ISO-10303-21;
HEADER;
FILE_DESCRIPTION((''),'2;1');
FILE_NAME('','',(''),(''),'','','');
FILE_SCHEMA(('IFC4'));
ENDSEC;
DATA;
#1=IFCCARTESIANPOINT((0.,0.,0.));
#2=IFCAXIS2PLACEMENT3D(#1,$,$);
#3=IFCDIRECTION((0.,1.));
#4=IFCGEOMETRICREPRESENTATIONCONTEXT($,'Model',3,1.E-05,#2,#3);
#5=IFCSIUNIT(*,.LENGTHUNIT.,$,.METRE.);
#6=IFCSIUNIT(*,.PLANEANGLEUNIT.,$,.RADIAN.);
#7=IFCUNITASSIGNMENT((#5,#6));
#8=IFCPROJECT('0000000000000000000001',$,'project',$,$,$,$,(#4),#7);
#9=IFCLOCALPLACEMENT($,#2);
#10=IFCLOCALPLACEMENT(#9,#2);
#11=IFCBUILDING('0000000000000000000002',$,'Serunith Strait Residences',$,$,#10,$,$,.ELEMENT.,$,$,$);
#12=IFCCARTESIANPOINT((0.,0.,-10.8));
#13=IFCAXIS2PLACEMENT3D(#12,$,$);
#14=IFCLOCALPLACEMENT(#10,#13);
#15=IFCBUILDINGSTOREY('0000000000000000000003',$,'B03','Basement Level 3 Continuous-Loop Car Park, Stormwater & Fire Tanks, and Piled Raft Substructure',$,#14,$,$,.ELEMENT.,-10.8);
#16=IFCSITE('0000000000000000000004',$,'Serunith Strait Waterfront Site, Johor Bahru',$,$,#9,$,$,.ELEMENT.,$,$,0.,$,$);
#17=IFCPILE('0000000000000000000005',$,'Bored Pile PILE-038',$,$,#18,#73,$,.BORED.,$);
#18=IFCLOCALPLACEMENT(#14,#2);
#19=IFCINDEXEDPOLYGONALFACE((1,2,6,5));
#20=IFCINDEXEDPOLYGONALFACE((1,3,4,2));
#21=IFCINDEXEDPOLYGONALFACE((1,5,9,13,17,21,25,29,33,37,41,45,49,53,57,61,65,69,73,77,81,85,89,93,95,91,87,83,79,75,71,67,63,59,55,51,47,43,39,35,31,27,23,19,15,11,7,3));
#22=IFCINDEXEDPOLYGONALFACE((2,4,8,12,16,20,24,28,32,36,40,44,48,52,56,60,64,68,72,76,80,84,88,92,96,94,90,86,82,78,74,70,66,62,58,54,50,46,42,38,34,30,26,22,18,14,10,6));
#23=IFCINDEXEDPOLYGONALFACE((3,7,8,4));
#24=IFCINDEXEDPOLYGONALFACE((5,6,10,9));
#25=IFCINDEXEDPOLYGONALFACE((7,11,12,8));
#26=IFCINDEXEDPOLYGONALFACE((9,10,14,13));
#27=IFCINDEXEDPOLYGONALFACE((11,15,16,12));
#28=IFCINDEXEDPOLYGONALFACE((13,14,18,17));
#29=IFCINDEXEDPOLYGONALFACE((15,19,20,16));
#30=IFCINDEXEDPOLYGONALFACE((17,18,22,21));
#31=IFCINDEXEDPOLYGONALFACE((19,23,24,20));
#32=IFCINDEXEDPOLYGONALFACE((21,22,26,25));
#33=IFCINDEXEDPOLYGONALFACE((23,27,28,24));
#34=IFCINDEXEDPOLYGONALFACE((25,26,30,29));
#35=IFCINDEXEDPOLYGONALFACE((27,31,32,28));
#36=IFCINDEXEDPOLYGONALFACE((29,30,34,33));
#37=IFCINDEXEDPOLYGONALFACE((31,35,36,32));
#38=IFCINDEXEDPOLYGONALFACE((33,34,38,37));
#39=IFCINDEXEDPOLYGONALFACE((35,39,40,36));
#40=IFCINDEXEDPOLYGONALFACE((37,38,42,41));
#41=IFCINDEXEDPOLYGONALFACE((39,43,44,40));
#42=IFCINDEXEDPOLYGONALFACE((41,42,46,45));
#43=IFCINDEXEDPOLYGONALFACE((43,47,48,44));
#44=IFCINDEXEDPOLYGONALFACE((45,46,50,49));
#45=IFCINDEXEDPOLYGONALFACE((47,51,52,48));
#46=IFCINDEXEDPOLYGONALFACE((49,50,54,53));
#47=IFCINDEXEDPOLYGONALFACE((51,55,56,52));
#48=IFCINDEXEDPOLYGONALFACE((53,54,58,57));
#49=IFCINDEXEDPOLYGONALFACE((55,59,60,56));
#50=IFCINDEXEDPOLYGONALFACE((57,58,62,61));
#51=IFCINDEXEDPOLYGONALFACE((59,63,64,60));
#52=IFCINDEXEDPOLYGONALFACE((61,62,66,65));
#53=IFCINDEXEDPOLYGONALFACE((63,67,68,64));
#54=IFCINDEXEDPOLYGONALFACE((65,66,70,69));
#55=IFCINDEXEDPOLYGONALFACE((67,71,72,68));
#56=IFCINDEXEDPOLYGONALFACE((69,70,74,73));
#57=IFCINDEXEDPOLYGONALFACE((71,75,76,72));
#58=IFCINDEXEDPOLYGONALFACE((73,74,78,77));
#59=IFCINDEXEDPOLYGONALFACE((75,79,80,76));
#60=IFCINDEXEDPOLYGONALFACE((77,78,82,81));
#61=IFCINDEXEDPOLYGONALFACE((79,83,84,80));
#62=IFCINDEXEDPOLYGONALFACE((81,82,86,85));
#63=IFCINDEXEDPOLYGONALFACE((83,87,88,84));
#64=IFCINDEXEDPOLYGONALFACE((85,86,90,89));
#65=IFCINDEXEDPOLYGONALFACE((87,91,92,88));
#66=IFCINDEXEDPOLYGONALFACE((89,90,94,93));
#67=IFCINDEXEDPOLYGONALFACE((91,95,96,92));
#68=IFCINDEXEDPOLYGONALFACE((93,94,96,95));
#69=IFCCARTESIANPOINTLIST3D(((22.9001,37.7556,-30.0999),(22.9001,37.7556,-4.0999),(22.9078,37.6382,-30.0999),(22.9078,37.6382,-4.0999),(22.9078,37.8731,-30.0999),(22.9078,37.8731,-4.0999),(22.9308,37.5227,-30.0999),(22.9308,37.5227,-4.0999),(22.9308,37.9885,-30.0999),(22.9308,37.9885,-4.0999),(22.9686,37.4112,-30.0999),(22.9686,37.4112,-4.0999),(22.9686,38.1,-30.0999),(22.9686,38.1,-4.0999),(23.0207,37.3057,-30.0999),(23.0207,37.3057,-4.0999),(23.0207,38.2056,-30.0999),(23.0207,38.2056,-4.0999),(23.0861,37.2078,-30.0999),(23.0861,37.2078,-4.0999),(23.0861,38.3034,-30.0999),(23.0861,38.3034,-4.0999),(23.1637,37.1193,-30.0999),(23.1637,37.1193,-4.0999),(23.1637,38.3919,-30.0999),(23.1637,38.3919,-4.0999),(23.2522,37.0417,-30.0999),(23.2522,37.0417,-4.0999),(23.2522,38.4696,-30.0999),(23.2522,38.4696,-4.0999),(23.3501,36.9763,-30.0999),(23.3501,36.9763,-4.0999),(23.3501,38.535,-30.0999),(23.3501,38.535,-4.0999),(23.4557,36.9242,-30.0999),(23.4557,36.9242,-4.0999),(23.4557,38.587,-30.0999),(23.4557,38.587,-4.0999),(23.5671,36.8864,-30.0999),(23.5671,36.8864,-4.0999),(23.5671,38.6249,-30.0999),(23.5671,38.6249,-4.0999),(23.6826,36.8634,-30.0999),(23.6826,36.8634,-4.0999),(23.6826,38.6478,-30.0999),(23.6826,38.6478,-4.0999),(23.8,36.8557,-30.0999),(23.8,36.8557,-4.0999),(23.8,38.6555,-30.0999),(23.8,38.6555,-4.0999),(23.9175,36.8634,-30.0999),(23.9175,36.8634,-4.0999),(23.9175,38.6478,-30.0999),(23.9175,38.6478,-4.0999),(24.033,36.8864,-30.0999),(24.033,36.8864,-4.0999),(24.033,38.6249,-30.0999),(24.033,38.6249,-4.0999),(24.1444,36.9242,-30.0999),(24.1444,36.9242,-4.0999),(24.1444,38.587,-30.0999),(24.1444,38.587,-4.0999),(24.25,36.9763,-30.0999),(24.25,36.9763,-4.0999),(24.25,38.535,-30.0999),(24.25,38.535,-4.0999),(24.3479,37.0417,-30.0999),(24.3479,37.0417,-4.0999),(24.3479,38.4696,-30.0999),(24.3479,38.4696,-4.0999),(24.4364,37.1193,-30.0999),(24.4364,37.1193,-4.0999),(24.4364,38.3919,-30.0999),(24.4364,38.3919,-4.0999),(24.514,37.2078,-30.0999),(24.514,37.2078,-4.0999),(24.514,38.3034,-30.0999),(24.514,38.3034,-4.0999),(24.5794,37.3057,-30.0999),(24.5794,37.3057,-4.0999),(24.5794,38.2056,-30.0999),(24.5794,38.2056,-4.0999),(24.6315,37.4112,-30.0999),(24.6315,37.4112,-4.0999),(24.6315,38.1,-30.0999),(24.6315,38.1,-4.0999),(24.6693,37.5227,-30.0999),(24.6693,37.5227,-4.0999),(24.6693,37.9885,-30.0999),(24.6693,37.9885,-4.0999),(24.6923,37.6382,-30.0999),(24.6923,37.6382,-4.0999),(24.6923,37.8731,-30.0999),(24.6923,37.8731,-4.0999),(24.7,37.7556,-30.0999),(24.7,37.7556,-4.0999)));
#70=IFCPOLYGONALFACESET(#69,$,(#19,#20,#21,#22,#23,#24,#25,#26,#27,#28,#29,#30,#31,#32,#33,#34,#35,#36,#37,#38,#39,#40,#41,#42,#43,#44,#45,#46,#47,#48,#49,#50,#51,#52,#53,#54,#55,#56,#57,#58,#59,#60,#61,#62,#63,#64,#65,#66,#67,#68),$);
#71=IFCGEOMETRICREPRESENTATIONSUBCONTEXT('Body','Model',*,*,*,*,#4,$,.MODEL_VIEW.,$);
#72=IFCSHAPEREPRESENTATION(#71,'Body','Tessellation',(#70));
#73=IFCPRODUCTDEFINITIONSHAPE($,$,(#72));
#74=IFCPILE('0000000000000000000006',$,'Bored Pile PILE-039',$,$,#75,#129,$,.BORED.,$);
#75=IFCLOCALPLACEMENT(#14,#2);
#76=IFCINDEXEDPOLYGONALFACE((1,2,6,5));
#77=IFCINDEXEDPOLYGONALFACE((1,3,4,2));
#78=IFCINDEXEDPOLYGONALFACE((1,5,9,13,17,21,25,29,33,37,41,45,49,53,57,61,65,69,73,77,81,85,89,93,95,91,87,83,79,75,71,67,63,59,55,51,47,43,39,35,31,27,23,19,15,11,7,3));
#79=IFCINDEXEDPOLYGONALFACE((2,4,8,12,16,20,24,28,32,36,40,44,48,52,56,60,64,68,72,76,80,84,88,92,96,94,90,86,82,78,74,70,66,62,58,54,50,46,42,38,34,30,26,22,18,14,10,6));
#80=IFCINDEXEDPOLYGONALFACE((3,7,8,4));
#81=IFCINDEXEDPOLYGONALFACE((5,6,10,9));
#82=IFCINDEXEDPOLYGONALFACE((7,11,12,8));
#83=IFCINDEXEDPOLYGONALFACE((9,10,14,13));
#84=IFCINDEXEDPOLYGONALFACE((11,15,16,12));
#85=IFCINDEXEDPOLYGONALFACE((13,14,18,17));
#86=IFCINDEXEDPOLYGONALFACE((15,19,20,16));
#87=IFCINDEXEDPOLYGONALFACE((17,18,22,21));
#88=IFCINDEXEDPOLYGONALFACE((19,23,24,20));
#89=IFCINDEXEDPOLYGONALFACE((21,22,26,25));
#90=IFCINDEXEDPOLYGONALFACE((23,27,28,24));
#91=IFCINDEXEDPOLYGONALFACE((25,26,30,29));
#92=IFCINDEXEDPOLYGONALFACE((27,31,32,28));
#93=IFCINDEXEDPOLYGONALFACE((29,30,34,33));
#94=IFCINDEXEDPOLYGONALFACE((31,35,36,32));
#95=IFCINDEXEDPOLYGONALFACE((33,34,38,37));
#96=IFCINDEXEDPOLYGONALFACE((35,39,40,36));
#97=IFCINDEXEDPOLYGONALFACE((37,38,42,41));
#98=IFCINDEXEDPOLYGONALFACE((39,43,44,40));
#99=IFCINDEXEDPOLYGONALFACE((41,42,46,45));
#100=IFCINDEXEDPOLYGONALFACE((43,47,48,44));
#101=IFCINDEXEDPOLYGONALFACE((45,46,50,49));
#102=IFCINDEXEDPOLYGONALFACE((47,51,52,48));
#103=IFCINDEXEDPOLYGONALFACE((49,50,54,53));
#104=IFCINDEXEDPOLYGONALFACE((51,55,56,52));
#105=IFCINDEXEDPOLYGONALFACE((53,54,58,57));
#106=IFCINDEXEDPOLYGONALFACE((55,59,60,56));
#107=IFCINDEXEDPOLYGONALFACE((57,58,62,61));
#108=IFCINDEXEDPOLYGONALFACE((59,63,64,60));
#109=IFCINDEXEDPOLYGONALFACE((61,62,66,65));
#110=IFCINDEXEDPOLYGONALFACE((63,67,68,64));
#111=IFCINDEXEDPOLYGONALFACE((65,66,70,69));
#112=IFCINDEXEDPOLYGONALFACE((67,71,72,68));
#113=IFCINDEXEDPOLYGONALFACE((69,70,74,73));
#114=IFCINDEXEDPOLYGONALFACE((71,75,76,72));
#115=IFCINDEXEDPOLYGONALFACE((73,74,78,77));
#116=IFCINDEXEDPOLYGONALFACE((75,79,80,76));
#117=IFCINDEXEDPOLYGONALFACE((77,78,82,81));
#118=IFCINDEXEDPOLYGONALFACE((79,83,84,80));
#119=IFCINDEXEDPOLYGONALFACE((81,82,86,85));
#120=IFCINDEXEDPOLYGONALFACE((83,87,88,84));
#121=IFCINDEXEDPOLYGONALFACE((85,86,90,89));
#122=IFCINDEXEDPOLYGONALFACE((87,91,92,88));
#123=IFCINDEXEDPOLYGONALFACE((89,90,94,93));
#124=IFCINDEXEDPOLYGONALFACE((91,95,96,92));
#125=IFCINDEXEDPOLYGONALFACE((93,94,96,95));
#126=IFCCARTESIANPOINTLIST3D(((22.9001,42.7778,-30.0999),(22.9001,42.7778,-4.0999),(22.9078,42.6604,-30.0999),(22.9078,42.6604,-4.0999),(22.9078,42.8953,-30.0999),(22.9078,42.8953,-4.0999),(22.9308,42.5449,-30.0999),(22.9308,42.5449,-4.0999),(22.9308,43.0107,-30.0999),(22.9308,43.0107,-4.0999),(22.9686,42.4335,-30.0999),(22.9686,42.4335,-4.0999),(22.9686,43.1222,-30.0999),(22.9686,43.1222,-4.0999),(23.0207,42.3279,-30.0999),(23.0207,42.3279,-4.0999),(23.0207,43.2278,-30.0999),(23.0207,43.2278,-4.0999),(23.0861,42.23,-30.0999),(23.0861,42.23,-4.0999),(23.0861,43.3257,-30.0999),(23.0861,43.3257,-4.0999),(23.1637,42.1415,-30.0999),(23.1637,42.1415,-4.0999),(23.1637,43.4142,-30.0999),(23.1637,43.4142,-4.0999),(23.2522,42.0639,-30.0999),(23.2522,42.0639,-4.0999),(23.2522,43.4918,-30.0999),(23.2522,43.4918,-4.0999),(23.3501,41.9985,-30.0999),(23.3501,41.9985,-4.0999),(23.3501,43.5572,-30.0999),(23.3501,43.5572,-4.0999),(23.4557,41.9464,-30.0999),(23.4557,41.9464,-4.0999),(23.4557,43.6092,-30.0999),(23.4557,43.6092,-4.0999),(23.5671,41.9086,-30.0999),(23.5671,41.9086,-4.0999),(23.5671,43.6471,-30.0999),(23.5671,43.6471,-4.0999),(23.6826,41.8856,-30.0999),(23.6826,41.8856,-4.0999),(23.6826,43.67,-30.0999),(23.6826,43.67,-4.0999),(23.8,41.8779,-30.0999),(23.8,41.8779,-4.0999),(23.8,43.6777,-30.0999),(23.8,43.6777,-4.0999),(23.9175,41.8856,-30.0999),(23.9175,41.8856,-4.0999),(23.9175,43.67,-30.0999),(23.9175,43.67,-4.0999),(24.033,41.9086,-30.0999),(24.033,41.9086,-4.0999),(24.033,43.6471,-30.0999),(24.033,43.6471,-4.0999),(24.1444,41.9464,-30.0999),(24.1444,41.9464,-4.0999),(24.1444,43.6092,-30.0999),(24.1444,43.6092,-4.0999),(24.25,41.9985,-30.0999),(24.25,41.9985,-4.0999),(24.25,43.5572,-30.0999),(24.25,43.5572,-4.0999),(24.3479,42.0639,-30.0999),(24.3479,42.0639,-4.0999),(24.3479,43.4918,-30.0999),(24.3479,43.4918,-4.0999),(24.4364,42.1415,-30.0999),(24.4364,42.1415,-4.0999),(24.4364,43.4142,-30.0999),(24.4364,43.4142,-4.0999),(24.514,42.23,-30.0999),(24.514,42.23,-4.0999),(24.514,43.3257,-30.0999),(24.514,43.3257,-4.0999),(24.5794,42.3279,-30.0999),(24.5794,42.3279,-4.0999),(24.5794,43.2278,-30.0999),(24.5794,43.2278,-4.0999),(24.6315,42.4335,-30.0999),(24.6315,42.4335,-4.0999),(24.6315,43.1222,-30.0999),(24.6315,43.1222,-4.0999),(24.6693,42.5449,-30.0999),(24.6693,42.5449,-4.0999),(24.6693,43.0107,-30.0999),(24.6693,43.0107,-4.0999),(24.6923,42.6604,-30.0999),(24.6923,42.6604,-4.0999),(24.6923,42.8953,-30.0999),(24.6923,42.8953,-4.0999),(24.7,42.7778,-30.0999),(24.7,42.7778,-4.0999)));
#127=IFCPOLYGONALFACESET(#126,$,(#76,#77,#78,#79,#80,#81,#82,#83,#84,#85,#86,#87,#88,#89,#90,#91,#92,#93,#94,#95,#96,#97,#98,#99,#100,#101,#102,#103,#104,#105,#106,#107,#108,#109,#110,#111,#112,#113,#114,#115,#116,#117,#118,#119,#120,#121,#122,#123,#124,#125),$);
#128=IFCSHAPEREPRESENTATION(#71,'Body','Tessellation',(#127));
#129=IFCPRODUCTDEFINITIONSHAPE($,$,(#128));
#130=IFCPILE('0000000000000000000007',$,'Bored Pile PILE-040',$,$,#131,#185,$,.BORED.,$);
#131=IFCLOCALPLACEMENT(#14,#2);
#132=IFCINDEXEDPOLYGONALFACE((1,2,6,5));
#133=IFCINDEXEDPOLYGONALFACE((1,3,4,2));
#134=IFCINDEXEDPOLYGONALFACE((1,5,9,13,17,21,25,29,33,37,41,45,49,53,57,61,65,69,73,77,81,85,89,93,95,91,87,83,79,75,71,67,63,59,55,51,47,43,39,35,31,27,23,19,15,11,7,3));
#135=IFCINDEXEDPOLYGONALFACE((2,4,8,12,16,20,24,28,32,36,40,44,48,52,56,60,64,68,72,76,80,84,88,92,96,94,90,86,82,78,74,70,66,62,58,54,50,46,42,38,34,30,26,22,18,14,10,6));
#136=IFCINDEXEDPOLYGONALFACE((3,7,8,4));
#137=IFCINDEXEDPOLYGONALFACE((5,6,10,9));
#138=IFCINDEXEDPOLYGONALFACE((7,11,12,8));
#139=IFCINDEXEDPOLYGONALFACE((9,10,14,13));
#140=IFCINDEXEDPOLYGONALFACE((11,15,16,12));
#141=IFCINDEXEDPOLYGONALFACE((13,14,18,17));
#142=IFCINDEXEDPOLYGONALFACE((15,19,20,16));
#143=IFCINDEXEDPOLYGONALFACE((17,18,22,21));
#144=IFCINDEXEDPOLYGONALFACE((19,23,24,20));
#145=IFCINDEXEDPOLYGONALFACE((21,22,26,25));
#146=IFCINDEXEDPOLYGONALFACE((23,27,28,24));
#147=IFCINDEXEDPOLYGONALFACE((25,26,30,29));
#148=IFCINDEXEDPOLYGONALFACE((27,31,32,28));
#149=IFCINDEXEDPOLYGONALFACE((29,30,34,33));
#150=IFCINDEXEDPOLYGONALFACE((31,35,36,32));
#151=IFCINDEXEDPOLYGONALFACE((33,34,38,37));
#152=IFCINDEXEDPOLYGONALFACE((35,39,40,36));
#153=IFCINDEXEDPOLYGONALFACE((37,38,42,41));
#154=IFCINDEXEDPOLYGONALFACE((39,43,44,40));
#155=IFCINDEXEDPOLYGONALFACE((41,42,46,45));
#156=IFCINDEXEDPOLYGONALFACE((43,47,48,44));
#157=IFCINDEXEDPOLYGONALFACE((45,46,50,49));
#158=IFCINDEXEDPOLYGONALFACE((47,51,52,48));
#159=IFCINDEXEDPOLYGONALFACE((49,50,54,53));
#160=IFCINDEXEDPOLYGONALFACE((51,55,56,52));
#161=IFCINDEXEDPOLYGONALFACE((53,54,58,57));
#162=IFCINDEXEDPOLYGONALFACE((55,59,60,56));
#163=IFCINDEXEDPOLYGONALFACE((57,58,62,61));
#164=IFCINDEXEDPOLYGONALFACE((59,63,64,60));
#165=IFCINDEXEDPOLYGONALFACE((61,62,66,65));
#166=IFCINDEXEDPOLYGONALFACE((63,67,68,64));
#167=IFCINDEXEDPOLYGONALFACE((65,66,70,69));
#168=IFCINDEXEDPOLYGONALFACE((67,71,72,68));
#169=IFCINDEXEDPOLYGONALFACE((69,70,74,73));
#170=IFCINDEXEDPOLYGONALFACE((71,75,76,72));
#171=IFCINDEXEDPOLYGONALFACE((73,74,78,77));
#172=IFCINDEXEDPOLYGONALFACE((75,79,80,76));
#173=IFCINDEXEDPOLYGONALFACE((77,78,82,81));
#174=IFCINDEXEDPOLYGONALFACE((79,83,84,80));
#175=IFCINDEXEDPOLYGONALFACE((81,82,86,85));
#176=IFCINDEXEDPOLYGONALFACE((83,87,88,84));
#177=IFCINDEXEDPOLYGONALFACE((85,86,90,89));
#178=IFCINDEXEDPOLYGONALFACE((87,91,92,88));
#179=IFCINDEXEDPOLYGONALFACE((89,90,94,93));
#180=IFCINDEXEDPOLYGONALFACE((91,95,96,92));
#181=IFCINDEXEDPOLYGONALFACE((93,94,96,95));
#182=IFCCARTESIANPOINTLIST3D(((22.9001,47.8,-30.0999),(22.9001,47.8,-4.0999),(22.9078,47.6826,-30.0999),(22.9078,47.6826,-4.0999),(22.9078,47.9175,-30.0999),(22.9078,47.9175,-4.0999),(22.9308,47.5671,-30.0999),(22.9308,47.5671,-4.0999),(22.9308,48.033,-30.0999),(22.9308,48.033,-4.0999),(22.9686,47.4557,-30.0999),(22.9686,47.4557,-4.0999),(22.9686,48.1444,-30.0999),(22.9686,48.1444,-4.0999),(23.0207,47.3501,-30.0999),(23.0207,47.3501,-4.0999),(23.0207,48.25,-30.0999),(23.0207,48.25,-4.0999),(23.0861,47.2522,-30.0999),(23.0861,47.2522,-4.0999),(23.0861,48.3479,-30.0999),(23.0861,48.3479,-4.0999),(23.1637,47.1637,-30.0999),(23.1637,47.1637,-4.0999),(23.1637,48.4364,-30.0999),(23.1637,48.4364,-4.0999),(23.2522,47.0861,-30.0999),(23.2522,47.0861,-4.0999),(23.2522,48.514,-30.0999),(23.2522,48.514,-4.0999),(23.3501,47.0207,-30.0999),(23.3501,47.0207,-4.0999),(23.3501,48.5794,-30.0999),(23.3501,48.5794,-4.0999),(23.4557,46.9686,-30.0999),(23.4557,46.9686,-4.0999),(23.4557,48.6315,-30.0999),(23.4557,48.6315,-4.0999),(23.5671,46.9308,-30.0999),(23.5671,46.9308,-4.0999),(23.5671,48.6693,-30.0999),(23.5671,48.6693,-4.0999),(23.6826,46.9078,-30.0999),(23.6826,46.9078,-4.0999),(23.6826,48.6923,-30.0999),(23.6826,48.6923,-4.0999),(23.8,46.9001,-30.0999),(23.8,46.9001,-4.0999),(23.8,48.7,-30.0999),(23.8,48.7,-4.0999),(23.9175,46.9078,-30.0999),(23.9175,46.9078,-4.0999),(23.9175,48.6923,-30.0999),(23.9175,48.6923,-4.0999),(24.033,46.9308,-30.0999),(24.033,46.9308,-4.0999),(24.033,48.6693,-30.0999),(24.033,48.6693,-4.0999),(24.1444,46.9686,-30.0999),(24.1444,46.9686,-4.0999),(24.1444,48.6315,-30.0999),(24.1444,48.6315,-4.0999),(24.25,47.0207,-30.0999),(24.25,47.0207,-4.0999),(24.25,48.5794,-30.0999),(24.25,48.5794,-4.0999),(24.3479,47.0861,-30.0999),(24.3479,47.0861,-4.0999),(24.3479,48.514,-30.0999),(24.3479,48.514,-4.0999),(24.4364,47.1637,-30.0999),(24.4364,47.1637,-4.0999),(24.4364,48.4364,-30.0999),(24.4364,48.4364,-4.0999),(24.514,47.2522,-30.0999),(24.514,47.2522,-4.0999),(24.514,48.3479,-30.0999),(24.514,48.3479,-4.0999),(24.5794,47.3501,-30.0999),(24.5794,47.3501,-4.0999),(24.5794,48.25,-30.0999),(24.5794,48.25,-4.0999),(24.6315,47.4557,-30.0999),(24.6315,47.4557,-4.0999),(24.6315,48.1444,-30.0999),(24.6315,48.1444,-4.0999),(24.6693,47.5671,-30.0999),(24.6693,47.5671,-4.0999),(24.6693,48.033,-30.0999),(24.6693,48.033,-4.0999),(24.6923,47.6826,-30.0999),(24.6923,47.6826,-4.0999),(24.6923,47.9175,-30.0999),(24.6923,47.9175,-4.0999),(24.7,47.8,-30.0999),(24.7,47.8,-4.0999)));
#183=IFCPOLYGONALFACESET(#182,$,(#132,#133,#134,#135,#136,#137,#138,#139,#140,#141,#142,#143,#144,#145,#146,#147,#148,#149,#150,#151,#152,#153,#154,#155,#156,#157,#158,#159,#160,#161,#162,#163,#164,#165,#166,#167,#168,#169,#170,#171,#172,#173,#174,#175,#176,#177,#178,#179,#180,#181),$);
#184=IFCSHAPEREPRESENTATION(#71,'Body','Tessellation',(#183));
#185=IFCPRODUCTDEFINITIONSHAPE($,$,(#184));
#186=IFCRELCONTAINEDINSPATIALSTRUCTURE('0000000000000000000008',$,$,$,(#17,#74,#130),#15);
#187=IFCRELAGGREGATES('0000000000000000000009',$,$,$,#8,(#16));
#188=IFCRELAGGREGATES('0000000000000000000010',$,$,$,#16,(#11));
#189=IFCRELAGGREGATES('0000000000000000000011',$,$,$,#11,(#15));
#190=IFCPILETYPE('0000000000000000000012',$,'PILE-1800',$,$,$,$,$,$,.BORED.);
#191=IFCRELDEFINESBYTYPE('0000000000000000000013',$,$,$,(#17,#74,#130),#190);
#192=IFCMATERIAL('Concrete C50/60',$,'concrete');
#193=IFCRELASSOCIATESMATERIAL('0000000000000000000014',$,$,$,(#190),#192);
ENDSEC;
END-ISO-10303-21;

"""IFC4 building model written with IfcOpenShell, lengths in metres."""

from ifc_helpers import new_model, si_unit, direction, frame, origin, origin_2d, place, context, subcontext, project, spatial, circle, extrude, source, transform, mapped, material, material_profile, profile_set, type_object, element, save


model = new_model("IFC4")

# Units and contexts
model_context = context("Model", 3, precision=1e-05, world=origin(), true_north=direction((0.0, 1.0)))
body_context = subcontext(model_context, "Body", "Model", "MODEL_VIEW")
ifc_project = project(units=[si_unit("LENGTHUNIT", "METRE"), si_unit("PLANEANGLEUNIT", "RADIAN")], contexts=[model_context])

# Site, building, storey
site_placement = place(None, origin())
site = spatial("IfcSite", under=ifc_project, at=site_placement, Name="Serunith Strait Waterfront Site, Johor Bahru", CompositionType="ELEMENT", RefElevation=0.0)
building_placement = place(site_placement, origin())
building = spatial("IfcBuilding", under=site, at=building_placement, Name="Serunith Strait Residences", CompositionType="ELEMENT")
storey_placement = place(building_placement, frame((0.0, 0.0, -10.8)))
storey = spatial("IfcBuildingStorey", under=building, at=storey_placement, Name="B03", Description="Basement Level 3 Continuous-Loop Car Park, Stormwater & Fire Tanks, and Piled Raft Substructure", CompositionType="ELEMENT", Elevation=-10.8)

# Piles
ifc_material_1 = material(Name="Concrete C50/60", Category="concrete")
ifc_material_profile_1 = material_profile(ifc_material_1, circle(Radius=0.8999, at=origin_2d()), Name="PILE D1800")
ifc_profile_set_1 = profile_set([ifc_material_profile_1], Name="Concrete C50/60")
pile_type_1 = type_object("IfcPileType", Name="PILE-1800", PredefinedType="BORED", material=ifc_profile_set_1)
shared_shape_1 = source(origin(), body_context, "Body", "SweptSolid", [
    extrude(circle(Radius=0.8999, at=origin_2d()), origin(), (0.0, 0.0, 1.0), 26.0),
])
for number, where, z_axis, x_axis, name in (
    (1, (23.8, 37.7556, -4.0999), (0.0, 0.0, -1.0), (1.0, 0.0, 0.0), "Bored Pile PILE-038"),
    (2, (23.8, 42.7778, -4.0999), (0.0, 0.0, -1.0), (1.0, 0.0, 0.0), "Bored Pile PILE-039"),
    (3, (23.8, 47.8, -4.0999), (0.0, 0.0, -1.0), (1.0, 0.0, 0.0), "Bored Pile PILE-040"),
):
    element("IfcPile", number, at=place(storey_placement, frame(where, z_axis=z_axis, x_axis=x_axis)), inside=storey, type_object=pile_type_1, Name=name, PredefinedType="BORED", context=body_context, shape_type="MappedRepresentation", body=[
        mapped(shared_shape_1, transform((0.0, 0.0, 0.0), scale=1.0)),
    ])

save(model, "model.ifc")
